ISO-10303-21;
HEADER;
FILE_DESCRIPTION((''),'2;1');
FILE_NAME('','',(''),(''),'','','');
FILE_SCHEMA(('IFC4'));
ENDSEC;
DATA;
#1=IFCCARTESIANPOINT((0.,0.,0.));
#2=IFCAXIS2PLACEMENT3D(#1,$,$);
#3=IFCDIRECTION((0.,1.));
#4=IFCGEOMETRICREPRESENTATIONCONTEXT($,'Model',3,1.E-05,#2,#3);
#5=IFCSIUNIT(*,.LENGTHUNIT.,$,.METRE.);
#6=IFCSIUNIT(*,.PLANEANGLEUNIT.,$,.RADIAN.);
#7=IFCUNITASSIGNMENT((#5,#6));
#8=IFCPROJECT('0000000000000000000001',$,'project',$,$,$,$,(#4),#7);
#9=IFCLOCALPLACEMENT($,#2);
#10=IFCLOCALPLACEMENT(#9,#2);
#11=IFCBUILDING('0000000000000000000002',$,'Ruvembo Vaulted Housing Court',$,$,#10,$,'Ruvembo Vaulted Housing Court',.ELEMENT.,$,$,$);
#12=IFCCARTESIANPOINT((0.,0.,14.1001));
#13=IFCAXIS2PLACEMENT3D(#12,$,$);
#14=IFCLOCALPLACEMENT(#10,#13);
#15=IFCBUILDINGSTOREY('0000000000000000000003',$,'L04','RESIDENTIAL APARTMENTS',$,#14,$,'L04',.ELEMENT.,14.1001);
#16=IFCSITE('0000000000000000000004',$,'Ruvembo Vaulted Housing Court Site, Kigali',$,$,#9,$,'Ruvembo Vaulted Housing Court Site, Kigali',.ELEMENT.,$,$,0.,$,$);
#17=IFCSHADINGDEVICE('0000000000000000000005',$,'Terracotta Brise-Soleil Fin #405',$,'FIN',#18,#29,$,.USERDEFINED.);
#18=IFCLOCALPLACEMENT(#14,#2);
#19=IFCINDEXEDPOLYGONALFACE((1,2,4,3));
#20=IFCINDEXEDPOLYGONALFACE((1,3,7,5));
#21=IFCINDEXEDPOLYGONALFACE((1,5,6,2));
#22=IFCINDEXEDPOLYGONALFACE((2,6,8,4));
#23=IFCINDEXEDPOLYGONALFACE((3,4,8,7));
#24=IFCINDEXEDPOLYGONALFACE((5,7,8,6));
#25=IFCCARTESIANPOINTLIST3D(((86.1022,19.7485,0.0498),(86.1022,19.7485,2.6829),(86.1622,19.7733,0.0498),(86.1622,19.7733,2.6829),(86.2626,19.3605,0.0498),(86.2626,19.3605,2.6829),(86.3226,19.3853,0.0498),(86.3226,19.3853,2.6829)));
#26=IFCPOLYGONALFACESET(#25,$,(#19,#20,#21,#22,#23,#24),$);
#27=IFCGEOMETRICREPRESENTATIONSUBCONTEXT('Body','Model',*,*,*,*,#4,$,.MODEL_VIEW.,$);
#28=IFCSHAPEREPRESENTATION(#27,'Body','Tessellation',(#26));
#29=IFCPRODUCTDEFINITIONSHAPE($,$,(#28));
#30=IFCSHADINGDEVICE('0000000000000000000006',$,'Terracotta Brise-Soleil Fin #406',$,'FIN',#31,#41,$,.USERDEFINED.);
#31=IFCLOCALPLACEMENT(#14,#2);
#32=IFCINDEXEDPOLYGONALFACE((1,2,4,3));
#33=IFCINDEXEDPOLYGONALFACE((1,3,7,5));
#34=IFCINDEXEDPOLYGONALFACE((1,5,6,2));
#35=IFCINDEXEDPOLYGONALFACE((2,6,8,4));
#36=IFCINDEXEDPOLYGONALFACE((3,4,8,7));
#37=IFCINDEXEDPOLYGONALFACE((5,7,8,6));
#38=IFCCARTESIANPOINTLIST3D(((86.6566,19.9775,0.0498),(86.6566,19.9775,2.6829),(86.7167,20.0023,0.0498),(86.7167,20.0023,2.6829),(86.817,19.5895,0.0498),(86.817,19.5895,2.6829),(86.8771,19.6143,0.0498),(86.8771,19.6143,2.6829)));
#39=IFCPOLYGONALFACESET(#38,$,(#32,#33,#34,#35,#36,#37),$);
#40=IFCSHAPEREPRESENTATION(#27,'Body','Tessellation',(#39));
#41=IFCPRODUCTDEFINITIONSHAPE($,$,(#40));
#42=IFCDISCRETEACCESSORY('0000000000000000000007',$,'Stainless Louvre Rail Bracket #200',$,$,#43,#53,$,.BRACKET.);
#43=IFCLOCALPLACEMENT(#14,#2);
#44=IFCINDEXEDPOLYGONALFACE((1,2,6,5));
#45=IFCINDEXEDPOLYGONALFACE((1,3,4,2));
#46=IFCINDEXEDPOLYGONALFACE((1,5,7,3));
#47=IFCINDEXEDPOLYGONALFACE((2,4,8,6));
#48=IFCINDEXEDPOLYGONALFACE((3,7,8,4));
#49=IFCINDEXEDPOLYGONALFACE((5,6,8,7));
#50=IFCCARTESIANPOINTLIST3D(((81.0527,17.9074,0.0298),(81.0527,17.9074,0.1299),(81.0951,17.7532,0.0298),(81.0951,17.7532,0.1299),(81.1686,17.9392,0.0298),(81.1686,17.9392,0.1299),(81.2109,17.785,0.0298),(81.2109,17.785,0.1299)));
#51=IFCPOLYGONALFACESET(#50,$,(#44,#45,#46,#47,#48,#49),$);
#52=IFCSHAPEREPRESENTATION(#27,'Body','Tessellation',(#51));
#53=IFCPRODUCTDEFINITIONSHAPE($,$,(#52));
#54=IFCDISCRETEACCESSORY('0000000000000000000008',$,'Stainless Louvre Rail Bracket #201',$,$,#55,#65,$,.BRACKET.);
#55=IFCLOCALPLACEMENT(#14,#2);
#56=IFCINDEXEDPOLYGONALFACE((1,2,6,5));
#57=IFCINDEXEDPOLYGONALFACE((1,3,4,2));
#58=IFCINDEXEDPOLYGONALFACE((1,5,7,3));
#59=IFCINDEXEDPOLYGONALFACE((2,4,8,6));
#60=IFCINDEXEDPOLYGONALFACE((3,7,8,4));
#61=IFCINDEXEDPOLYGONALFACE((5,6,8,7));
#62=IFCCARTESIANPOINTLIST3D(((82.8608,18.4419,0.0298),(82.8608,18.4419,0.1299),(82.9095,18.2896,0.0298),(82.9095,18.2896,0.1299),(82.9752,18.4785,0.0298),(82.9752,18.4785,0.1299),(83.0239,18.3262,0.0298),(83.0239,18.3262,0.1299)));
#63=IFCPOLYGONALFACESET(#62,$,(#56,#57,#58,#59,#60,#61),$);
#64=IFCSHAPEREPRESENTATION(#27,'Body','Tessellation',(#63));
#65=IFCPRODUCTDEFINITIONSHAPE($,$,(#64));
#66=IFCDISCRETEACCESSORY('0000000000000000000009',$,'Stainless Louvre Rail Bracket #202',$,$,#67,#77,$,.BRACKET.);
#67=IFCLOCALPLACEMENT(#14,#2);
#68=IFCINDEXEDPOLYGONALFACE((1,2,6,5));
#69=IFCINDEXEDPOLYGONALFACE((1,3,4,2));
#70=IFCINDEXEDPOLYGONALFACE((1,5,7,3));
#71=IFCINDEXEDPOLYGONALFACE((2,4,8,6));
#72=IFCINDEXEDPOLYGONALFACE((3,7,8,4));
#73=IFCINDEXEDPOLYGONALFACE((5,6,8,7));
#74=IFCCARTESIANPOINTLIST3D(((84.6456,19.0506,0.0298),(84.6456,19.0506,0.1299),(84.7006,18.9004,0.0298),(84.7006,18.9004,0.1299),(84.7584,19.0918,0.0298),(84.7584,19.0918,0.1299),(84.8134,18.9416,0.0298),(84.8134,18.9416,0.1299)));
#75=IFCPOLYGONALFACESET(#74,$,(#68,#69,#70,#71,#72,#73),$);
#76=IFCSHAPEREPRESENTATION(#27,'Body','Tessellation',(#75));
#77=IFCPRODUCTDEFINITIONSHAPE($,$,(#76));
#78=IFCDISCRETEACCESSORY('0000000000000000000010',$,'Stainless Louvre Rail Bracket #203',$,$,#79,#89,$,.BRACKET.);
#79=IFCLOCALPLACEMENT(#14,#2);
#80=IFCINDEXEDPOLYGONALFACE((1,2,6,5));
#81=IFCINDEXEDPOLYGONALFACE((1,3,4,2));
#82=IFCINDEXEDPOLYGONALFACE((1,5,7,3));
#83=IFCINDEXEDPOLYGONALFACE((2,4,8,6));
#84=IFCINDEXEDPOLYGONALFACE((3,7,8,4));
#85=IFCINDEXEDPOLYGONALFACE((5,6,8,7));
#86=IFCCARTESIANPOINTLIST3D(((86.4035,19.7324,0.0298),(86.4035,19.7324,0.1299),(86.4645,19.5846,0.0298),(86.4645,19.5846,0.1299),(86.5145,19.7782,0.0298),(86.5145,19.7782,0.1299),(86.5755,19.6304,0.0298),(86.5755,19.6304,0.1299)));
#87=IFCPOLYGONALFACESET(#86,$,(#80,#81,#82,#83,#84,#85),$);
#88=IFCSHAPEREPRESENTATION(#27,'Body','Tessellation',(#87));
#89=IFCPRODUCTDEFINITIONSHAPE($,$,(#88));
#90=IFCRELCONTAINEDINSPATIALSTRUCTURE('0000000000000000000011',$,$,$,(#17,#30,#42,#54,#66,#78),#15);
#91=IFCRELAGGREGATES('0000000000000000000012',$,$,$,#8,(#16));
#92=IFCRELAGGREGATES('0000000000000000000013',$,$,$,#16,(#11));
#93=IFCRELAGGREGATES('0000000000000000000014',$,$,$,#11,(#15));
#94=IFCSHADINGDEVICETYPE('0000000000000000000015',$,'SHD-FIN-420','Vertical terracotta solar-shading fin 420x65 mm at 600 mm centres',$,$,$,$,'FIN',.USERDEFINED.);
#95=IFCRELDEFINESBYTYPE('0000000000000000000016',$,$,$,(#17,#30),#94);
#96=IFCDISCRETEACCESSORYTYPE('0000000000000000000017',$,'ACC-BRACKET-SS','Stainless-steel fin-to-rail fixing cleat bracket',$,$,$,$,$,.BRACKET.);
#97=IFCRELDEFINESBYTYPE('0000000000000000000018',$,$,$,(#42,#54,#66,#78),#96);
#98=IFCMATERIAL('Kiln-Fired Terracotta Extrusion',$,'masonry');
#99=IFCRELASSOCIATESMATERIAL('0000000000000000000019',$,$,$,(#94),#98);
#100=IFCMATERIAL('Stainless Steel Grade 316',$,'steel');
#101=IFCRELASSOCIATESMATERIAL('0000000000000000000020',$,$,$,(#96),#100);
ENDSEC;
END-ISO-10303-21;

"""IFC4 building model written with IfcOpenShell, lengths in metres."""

from ifc_helpers import new_model, si_unit, direction, frame, origin, origin_2d, place, context, subcontext, project, spatial, rectangle, extrude, material, type_object, element, save


model = new_model("IFC4")

# Units and contexts
model_context = context("Model", 3, precision=1e-05, world=origin(), true_north=direction((0.0, 1.0)))
body_context = subcontext(model_context, "Body", "Model", "MODEL_VIEW")
ifc_project = project(units=[si_unit("LENGTHUNIT", "METRE"), si_unit("PLANEANGLEUNIT", "RADIAN")], contexts=[model_context])

# Site, building, storey
site_placement = place(None, origin())
site = spatial("IfcSite", under=ifc_project, at=site_placement, Name="Ruvembo Vaulted Housing Court Site, Kigali", LongName="Ruvembo Vaulted Housing Court Site, Kigali", CompositionType="ELEMENT", RefElevation=0.0)
building_placement = place(site_placement, origin())
building = spatial("IfcBuilding", under=site, at=building_placement, Name="Ruvembo Vaulted Housing Court", LongName="Ruvembo Vaulted Housing Court", CompositionType="ELEMENT")
storey_placement = place(building_placement, frame((0.0, 0.0, 14.1001)))
storey = spatial("IfcBuildingStorey", under=building, at=storey_placement, Name="L04", Description="RESIDENTIAL APARTMENTS", LongName="L04", CompositionType="ELEMENT", Elevation=14.1001)

# Shading devices
ifc_material_1 = material(Name="Kiln-Fired Terracotta Extrusion", Category="masonry")
shading_device_type = type_object("IfcShadingDeviceType", Name="SHD-FIN-420", Description="Vertical terracotta solar-shading fin 420x65 mm at 600 mm centres", ElementType="FIN", PredefinedType="USERDEFINED", material=ifc_material_1)
for number, where, z_axis, x_axis, name in (
    (1, (86.2124, 19.5669, 0.0498), (0.0, 0.0, 1.0), (0.381958, -0.92418, 0.0), "Terracotta Brise-Soleil Fin #405"),
    (2, (86.7668, 19.7959, 0.0498), (0.0, 0.0, 1.0), (0.381958, -0.92418, 0.0), "Terracotta Brise-Soleil Fin #406"),
):
    element("IfcShadingDevice", number, at=place(storey_placement, frame(where, z_axis=z_axis, x_axis=x_axis)), inside=storey, type_object=shading_device_type, Name=name, ObjectType="FIN", PredefinedType="USERDEFINED", context=body_context, shape_type="SweptSolid", body=[
        extrude(rectangle(XDim=0.4199, YDim=0.0649, at=origin_2d()), origin(), (0.0, 0.0, 1.0), 2.6331),
    ])

# Discrete accessories
ifc_material_2 = material(Name="Stainless Steel Grade 316", Category="steel")
discrete_accessory_type = type_object("IfcDiscreteAccessoryType", Name="ACC-BRACKET-SS", Description="Stainless-steel fin-to-rail fixing cleat bracket", PredefinedType="BRACKET", material=ifc_material_2)
for number, where, z_axis, x_axis, name in (
    (3, (81.1318, 17.8462, 0.0298), (0.0, 0.0, 1.0), (0.264984, -0.964253, 0.0), "Stainless Louvre Rail Bracket #200"),
    (4, (82.9424, 18.384, 0.0298), (0.0, 0.0, 1.0), (0.304449, -0.952529, 0.0), "Stainless Louvre Rail Bracket #201"),
    (5, (84.7295, 18.9961, 0.0298), (0.0, 0.0, 1.0), (0.343512, -0.939148, 0.0), "Stainless Louvre Rail Bracket #202"),
    (6, (86.4895, 19.6814, 0.0298), (0.0, 0.0, 1.0), (0.381958, -0.92418, 0.0), "Stainless Louvre Rail Bracket #203"),
):
    element("IfcDiscreteAccessory", number, at=place(storey_placement, frame(where, z_axis=z_axis, x_axis=x_axis)), inside=storey, type_object=discrete_accessory_type, Name=name, PredefinedType="BRACKET", context=body_context, shape_type="SweptSolid", body=[
        extrude(rectangle(XDim=0.1599, YDim=0.1201, at=origin_2d()), origin(), (0.0, 0.0, 1.0), 0.1001),
    ])

save(model, "model.ifc")
